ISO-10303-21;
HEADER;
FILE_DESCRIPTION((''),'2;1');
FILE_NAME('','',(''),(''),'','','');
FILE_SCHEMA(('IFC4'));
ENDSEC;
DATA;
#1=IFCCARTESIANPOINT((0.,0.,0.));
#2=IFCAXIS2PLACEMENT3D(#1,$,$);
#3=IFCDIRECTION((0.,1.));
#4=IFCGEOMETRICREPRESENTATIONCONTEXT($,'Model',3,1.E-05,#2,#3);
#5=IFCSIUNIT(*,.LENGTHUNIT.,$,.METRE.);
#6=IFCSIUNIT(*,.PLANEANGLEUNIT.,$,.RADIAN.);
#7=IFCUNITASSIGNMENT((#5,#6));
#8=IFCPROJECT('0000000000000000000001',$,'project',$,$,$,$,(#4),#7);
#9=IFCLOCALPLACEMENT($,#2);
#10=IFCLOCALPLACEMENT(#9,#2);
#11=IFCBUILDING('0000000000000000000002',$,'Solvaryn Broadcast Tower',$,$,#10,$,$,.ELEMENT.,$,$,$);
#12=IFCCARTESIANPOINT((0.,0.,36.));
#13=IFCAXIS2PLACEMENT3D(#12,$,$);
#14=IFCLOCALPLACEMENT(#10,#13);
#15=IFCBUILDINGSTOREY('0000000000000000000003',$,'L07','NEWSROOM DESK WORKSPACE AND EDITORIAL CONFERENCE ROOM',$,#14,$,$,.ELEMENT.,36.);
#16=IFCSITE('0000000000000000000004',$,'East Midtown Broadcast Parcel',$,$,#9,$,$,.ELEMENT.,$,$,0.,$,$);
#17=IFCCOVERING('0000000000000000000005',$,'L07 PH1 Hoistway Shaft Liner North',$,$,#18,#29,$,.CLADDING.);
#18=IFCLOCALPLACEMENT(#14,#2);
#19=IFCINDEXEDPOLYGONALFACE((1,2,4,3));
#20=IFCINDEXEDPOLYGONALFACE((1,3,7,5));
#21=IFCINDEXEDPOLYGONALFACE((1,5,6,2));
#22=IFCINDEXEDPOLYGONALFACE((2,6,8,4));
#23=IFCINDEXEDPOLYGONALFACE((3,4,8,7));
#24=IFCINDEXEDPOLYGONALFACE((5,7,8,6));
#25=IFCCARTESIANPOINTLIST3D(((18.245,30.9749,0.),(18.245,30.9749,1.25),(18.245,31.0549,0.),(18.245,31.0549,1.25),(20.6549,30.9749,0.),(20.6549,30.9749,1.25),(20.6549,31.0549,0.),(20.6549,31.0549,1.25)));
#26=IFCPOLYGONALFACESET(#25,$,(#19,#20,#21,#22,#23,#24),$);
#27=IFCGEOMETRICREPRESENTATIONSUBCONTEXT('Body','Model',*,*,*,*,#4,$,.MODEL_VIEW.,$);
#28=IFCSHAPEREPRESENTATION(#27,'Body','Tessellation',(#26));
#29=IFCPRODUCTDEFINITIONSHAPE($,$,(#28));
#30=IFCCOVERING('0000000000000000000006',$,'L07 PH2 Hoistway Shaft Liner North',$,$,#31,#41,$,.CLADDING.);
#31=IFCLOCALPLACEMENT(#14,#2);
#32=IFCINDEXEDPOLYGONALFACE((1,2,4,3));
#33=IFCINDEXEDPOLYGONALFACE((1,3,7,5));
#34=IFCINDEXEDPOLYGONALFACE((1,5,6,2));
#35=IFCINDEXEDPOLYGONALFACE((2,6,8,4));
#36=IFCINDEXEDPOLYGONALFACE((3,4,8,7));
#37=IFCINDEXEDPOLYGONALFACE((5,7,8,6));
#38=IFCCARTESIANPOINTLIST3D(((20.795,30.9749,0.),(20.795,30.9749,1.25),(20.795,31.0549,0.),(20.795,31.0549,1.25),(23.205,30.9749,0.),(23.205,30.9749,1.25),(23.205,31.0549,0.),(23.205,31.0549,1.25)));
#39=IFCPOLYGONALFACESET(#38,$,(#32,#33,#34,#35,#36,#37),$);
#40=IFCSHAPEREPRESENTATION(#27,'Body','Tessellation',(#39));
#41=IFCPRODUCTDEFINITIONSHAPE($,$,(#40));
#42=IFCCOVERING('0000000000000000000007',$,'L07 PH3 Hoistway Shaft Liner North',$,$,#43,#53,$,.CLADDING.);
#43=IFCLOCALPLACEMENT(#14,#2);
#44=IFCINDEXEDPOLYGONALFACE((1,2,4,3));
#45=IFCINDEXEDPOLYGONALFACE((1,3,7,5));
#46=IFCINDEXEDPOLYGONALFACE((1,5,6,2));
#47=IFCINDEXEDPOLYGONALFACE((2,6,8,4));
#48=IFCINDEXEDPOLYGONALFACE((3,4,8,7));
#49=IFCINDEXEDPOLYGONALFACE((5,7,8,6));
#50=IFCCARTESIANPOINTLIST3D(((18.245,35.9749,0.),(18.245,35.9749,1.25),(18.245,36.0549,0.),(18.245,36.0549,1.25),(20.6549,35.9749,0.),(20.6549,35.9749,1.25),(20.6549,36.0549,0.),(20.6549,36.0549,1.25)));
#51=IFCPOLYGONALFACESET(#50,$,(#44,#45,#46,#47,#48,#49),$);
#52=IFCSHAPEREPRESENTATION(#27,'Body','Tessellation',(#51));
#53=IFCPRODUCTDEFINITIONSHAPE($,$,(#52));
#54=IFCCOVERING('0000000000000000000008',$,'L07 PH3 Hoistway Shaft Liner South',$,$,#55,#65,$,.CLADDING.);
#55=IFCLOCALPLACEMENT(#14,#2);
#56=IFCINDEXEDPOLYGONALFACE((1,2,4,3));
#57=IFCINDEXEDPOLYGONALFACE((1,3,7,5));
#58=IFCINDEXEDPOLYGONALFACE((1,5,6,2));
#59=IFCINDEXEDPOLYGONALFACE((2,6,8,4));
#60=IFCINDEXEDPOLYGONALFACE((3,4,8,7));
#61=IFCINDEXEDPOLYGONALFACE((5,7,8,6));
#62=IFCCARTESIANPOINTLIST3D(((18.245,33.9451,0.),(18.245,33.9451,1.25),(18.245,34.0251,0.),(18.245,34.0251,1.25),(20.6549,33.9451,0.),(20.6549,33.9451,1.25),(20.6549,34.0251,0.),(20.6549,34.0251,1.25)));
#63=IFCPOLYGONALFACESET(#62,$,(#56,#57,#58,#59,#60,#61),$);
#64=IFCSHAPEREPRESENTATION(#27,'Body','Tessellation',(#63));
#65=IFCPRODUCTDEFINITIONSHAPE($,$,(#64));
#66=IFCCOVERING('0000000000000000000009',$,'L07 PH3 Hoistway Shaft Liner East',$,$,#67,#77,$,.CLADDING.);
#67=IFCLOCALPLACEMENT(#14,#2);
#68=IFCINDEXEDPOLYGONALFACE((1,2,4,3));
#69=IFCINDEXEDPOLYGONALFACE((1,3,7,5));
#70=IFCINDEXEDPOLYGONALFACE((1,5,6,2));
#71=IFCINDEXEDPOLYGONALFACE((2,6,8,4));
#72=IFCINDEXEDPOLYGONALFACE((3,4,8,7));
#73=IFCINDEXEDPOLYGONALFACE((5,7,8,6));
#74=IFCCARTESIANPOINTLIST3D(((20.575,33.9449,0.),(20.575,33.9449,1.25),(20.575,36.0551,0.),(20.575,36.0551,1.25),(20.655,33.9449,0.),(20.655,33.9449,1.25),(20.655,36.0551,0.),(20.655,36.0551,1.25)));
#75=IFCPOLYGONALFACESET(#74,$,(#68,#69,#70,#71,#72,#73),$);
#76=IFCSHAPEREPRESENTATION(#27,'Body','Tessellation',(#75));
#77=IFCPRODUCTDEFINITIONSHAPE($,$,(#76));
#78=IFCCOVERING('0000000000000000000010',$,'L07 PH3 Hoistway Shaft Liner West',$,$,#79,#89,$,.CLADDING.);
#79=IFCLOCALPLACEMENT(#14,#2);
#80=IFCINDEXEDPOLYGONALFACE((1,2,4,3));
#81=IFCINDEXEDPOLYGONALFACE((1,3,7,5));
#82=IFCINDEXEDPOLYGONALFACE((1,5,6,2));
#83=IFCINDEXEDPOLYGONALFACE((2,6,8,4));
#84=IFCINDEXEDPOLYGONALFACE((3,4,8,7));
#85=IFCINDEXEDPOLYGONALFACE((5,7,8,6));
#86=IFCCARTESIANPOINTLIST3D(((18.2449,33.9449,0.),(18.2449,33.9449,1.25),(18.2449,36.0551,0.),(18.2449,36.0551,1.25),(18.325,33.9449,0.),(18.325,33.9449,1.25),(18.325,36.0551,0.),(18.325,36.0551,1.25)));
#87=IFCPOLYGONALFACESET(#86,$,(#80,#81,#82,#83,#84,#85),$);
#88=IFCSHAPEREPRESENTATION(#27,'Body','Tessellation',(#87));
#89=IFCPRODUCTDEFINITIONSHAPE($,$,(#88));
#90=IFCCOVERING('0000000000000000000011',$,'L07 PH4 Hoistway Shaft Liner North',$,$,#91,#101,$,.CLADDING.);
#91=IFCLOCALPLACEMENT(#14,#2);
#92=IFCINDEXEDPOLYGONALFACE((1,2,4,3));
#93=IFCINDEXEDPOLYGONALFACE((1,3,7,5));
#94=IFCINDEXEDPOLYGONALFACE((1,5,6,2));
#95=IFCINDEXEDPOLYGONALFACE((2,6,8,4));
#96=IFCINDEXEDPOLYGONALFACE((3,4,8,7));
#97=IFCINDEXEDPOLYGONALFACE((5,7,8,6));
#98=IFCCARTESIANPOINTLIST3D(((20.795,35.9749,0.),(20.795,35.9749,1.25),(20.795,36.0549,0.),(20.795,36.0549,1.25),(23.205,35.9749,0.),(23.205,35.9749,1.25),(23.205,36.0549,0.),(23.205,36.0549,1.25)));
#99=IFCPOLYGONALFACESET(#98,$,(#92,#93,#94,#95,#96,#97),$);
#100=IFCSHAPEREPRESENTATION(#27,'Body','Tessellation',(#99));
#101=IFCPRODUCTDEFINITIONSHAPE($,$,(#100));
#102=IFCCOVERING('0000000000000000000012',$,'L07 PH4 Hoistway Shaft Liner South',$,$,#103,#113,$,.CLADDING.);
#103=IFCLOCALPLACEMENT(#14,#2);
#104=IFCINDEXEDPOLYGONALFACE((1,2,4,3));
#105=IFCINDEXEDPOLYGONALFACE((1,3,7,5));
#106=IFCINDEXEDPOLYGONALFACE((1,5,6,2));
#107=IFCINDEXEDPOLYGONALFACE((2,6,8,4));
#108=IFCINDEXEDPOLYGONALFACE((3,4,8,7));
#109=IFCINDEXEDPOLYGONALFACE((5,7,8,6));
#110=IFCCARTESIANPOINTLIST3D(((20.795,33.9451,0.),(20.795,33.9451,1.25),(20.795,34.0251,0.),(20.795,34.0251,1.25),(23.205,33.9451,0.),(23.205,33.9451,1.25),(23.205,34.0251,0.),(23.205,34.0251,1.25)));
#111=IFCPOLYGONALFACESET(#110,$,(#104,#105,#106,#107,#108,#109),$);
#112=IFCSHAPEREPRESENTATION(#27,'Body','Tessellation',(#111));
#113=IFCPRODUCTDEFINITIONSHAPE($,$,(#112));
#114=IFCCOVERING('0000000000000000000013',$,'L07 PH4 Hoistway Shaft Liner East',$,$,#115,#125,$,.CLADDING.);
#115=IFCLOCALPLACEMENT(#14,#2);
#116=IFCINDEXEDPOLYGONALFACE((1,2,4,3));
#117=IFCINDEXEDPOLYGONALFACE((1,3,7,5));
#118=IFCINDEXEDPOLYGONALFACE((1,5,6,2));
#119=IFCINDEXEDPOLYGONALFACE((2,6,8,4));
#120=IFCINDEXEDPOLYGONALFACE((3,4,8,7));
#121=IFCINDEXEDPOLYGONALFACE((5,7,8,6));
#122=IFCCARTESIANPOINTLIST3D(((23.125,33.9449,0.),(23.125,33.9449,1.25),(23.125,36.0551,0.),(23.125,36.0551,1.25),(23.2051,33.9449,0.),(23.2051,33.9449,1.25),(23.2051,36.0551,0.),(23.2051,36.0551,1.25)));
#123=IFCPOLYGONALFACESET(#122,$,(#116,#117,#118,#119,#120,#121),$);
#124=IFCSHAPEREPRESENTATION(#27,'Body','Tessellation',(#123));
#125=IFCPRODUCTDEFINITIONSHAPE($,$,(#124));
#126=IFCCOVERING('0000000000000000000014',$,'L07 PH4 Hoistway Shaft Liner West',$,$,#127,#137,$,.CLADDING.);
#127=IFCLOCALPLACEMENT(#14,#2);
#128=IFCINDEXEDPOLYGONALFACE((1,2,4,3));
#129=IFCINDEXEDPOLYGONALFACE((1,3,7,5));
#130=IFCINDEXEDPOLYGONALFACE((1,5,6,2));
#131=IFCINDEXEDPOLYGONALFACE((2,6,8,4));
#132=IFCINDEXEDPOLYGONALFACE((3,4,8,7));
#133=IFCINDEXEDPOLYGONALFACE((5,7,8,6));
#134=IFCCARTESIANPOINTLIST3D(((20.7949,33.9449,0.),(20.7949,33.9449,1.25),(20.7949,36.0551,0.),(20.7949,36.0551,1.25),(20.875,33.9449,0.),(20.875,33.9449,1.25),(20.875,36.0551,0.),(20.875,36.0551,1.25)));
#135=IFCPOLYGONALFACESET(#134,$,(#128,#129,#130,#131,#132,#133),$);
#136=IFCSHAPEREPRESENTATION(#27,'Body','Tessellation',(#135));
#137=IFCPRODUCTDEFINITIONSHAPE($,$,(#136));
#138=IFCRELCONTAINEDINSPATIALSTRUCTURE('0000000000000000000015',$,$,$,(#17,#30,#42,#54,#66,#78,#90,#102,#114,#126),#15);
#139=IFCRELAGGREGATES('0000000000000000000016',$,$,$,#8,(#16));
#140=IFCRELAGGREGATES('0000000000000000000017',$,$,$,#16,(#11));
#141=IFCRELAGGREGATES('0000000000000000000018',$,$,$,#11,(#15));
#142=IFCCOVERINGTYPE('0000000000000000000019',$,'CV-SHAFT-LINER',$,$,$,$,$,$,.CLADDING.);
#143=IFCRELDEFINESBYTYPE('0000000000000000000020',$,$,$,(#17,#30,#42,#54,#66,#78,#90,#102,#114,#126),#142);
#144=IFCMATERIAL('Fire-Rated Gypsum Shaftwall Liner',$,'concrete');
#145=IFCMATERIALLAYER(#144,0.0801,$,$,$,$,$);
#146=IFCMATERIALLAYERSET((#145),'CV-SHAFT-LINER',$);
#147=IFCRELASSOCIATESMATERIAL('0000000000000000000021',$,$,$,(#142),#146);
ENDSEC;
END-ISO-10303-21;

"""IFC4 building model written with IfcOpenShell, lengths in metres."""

from ifc_helpers import new_model, si_unit, direction, frame, origin, origin_2d, place, context, subcontext, project, spatial, rectangle, extrude, material, layer, layer_set, type_object, element, save


model = new_model("IFC4")

# Units and contexts
model_context = context("Model", 3, precision=1e-05, world=origin(), true_north=direction((0.0, 1.0)))
body_context = subcontext(model_context, "Body", "Model", "MODEL_VIEW")
ifc_project = project(units=[si_unit("LENGTHUNIT", "METRE"), si_unit("PLANEANGLEUNIT", "RADIAN")], contexts=[model_context])

# Site, building, storey
site_placement = place(None, origin())
site = spatial("IfcSite", under=ifc_project, at=site_placement, Name="East Midtown Broadcast Parcel", CompositionType="ELEMENT", RefElevation=0.0)
building_placement = place(site_placement, origin())
building = spatial("IfcBuilding", under=site, at=building_placement, Name="Solvaryn Broadcast Tower", CompositionType="ELEMENT")
storey_placement = place(building_placement, frame((0.0, 0.0, 36.0)))
storey = spatial("IfcBuildingStorey", under=building, at=storey_placement, Name="L07", Description="NEWSROOM DESK WORKSPACE AND EDITORIAL CONFERENCE ROOM", CompositionType="ELEMENT", Elevation=36.0)

# Coverings
ifc_material_1 = material(Name="Fire-Rated Gypsum Shaftwall Liner", Category="concrete")
ifc_layer_1 = layer(ifc_material_1, 0.0801)
ifc_layer_set_1 = layer_set([ifc_layer_1], Name="CV-SHAFT-LINER")
covering_type = type_object("IfcCoveringType", Name="CV-SHAFT-LINER", PredefinedType="CLADDING", material=ifc_layer_set_1)
for number, where, z_axis, x_axis, name in (
    (1, (19.45, 31.0149, 0.0), (0.0, 0.0, 1.0), (1.0, 0.0, 0.0), "L07 PH1 Hoistway Shaft Liner North"),
    (2, (22.0, 31.0149, 0.0), (0.0, 0.0, 1.0), (1.0, 0.0, 0.0), "L07 PH2 Hoistway Shaft Liner North"),
    (3, (19.45, 36.0149, 0.0), (0.0, 0.0, 1.0), (1.0, 0.0, 0.0), "L07 PH3 Hoistway Shaft Liner North"),
    (4, (19.45, 33.9851, 0.0), (0.0, 0.0, 1.0), (1.0, 0.0, 0.0), "L07 PH3 Hoistway Shaft Liner South"),
):
    element("IfcCovering", number, at=place(storey_placement, frame(where, z_axis=z_axis, x_axis=x_axis)), inside=storey, type_object=covering_type, Name=name, PredefinedType="CLADDING", context=body_context, shape_type="SweptSolid", body=[
        extrude(rectangle(XDim=2.4099, YDim=0.0801, at=origin_2d()), origin(), (0.0, 0.0, 1.0), 1.25),
    ])
for number, where, z_axis, x_axis, name in (
    (5, (20.615, 35.0, 0.0), (0.0, 0.0, 1.0), (1.0, 0.0, 0.0), "L07 PH3 Hoistway Shaft Liner East"),
    (6, (18.2849, 35.0, 0.0), (0.0, 0.0, 1.0), (1.0, 0.0, 0.0), "L07 PH3 Hoistway Shaft Liner West"),
):
    element("IfcCovering", number, at=place(storey_placement, frame(where, z_axis=z_axis, x_axis=x_axis)), inside=storey, type_object=covering_type, Name=name, PredefinedType="CLADDING", context=body_context, shape_type="SweptSolid", body=[
        extrude(rectangle(XDim=0.0801, YDim=2.1101, at=origin_2d()), origin(), (0.0, 0.0, 1.0), 1.25),
    ])
for number, where, z_axis, x_axis, name in (
    (7, (22.0, 36.0149, 0.0), (0.0, 0.0, 1.0), (1.0, 0.0, 0.0), "L07 PH4 Hoistway Shaft Liner North"),
    (8, (22.0, 33.9851, 0.0), (0.0, 0.0, 1.0), (1.0, 0.0, 0.0), "L07 PH4 Hoistway Shaft Liner South"),
):
    element("IfcCovering", number, at=place(storey_placement, frame(where, z_axis=z_axis, x_axis=x_axis)), inside=storey, type_object=covering_type, Name=name, PredefinedType="CLADDING", context=body_context, shape_type="SweptSolid", body=[
        extrude(rectangle(XDim=2.4099, YDim=0.0801, at=origin_2d()), origin(), (0.0, 0.0, 1.0), 1.25),
    ])
for number, where, z_axis, x_axis, name in (
    (9, (23.165, 35.0, 0.0), (0.0, 0.0, 1.0), (1.0, 0.0, 0.0), "L07 PH4 Hoistway Shaft Liner East"),
    (10, (20.835, 35.0, 0.0), (0.0, 0.0, 1.0), (1.0, 0.0, 0.0), "L07 PH4 Hoistway Shaft Liner West"),
):
    element("IfcCovering", number, at=place(storey_placement, frame(where, z_axis=z_axis, x_axis=x_axis)), inside=storey, type_object=covering_type, Name=name, PredefinedType="CLADDING", context=body_context, shape_type="SweptSolid", body=[
        extrude(rectangle(XDim=0.0801, YDim=2.1101, at=origin_2d()), origin(), (0.0, 0.0, 1.0), 1.25),
    ])

save(model, "model.ifc")
